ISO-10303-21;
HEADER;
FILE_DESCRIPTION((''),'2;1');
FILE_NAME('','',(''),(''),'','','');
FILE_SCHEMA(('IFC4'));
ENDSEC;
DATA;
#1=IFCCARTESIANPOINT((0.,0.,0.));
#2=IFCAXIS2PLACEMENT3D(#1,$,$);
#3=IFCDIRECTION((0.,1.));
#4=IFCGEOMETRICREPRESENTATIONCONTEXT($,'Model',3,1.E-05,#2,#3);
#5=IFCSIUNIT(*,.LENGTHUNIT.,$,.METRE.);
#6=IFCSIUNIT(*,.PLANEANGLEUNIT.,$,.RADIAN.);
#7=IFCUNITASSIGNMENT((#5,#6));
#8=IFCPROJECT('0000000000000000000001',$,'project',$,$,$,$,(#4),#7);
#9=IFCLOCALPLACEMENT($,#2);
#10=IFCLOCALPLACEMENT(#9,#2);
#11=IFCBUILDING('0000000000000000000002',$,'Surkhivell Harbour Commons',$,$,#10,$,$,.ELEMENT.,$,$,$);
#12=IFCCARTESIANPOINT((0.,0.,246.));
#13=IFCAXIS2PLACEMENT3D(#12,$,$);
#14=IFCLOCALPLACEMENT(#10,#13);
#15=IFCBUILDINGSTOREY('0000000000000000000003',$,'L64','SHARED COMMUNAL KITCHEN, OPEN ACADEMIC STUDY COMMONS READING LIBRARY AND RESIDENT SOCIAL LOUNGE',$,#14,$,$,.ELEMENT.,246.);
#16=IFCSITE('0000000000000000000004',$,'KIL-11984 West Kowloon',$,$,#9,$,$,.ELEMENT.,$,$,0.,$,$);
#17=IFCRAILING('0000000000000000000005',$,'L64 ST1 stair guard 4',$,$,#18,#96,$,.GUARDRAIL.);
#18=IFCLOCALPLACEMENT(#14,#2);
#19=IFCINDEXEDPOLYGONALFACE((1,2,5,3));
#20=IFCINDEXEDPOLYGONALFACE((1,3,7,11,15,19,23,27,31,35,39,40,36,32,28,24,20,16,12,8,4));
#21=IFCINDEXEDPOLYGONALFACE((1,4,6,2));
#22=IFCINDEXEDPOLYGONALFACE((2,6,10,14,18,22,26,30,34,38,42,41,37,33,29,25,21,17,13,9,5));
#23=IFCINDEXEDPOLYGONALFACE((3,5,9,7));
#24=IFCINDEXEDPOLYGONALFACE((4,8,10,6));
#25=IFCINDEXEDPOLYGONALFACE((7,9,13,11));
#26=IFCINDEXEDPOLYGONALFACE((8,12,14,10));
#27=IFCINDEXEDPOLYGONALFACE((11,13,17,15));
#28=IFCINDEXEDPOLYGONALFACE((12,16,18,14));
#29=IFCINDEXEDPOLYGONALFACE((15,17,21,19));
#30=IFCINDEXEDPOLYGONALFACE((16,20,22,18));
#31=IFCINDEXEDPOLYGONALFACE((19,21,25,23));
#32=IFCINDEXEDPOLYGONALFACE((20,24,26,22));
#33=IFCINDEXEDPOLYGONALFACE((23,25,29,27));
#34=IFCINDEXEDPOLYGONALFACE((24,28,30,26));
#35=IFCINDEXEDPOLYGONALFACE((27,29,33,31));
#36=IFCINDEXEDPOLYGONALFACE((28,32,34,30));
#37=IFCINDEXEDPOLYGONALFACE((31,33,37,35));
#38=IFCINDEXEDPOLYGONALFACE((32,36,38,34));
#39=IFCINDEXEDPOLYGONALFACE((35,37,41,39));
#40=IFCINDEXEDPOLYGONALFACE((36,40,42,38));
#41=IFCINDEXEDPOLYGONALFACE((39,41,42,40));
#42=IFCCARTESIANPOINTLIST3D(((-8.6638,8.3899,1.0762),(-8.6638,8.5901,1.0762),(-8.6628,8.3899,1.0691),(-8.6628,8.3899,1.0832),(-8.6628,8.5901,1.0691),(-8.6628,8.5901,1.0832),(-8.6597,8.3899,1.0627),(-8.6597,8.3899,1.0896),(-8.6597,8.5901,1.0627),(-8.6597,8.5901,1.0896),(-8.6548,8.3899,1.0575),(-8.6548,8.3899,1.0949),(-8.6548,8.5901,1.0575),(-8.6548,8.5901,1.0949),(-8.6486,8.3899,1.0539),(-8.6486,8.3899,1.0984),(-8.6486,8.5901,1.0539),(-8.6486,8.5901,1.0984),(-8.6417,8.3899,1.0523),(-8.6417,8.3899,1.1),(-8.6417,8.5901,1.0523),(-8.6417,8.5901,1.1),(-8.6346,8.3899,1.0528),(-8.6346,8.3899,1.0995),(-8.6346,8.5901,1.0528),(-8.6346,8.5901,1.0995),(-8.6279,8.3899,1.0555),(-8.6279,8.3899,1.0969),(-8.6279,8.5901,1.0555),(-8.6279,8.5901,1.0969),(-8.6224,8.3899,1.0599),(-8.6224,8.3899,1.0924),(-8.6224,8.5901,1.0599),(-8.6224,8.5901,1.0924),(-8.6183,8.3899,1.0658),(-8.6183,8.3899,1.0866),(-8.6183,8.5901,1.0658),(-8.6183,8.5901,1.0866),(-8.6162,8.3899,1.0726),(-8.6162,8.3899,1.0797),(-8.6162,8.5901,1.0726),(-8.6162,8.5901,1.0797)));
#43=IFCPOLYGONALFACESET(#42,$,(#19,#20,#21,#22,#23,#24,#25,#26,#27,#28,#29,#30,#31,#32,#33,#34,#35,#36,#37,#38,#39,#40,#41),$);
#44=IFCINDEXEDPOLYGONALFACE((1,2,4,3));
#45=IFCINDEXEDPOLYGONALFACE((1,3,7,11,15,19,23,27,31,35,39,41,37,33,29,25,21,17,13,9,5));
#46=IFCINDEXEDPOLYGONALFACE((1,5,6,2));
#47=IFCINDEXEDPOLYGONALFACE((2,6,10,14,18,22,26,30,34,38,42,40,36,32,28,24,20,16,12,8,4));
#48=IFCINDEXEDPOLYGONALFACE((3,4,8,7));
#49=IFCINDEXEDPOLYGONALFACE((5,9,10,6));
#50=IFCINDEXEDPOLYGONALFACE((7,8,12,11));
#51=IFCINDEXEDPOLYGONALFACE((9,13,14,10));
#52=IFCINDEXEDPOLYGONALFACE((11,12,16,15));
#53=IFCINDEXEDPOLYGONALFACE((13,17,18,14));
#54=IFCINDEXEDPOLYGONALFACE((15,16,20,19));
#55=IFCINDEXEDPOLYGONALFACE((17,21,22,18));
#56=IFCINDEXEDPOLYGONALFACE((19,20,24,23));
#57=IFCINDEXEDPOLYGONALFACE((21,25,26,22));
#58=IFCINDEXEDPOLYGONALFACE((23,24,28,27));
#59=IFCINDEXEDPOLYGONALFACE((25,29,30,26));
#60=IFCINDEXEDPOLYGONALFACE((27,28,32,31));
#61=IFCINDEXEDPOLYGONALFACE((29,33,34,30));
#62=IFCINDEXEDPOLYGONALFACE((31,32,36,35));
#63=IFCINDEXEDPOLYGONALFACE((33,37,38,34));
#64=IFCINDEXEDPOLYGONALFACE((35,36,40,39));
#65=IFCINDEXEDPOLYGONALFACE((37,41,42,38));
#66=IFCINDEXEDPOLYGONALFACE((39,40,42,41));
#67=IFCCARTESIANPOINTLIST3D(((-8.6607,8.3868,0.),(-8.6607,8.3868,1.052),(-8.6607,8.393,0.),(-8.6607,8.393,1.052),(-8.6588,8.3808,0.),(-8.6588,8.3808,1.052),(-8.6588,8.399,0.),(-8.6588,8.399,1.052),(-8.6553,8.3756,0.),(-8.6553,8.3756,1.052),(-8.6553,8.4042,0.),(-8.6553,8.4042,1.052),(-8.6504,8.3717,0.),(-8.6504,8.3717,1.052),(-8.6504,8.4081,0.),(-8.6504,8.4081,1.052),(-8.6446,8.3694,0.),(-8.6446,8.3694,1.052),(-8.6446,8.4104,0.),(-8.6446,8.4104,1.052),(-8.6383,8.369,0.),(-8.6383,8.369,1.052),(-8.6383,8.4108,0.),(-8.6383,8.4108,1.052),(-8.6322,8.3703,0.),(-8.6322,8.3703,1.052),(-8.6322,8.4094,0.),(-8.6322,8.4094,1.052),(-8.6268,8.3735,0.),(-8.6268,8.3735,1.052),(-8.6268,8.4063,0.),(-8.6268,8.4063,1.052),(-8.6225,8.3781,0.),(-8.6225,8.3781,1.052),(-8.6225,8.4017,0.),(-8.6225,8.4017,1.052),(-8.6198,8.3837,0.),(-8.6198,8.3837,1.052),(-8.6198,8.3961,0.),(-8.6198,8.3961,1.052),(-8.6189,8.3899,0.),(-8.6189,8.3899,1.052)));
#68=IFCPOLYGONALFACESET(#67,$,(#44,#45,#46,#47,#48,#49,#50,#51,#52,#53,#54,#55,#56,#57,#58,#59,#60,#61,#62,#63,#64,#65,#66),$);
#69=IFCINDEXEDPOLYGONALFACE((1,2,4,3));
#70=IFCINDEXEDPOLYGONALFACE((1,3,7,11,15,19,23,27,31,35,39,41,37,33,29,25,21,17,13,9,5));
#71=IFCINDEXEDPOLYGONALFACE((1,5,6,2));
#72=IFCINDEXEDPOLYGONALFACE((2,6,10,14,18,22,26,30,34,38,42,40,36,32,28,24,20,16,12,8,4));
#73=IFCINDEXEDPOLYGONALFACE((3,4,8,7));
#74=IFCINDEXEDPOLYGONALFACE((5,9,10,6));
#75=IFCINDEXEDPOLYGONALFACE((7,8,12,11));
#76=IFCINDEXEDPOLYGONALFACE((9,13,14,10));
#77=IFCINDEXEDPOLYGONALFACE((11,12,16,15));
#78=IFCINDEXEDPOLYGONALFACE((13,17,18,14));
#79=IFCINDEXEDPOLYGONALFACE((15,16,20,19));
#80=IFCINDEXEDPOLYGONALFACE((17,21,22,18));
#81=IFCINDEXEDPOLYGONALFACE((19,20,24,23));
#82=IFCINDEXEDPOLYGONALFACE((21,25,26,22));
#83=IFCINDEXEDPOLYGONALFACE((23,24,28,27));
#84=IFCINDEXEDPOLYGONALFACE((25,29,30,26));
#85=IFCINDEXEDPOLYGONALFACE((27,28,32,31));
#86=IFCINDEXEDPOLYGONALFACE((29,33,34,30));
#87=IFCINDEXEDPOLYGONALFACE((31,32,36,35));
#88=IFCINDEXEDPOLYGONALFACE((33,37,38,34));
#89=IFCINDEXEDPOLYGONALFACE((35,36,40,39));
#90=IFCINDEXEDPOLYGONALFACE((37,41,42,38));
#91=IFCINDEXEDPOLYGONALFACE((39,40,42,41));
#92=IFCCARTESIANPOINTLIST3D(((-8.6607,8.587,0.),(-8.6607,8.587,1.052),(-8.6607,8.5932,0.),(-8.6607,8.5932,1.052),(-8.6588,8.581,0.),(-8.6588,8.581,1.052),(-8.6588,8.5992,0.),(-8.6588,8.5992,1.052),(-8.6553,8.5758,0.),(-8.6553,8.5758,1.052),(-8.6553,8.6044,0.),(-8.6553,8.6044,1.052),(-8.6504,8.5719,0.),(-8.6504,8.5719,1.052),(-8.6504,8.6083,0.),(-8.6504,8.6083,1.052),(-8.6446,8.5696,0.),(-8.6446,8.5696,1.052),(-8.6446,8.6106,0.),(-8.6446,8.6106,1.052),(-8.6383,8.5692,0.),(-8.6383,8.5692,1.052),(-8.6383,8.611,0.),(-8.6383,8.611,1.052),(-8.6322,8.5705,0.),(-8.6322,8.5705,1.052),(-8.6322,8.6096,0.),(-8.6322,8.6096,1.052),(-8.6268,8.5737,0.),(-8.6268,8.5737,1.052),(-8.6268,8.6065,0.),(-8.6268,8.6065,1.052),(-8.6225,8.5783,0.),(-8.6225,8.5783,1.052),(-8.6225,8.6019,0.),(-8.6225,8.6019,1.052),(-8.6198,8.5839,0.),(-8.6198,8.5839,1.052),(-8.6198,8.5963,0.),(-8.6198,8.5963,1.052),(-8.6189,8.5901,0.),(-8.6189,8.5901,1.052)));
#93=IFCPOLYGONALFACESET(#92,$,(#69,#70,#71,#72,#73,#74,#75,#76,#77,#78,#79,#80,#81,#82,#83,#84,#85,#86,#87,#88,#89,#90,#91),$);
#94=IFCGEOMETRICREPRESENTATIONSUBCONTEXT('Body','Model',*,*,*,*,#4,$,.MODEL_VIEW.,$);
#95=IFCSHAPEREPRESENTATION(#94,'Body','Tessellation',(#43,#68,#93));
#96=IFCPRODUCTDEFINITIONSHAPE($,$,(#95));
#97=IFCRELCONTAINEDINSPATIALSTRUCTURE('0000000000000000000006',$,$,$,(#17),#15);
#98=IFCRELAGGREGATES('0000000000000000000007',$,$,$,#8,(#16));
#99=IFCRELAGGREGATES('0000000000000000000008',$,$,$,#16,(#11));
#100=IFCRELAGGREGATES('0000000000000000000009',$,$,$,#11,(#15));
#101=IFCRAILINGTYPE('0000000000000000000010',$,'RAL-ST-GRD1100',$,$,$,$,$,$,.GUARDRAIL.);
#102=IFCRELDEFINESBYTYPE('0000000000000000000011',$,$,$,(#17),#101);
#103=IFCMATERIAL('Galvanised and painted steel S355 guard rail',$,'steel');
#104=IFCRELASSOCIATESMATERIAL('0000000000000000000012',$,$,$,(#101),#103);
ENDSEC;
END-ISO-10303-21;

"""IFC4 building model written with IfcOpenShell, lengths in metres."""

from ifc_helpers import new_model, si_unit, direction, frame, origin, origin_2d, place, context, subcontext, project, spatial, circle, extrude, material, type_object, element, save


model = new_model("IFC4")

# Units and contexts
model_context = context("Model", 3, precision=1e-05, world=origin(), true_north=direction((0.0, 1.0)))
body_context = subcontext(model_context, "Body", "Model", "MODEL_VIEW")
ifc_project = project(units=[si_unit("LENGTHUNIT", "METRE"), si_unit("PLANEANGLEUNIT", "RADIAN")], contexts=[model_context])

# Site, building, storey
site_placement = place(None, origin())
site = spatial("IfcSite", under=ifc_project, at=site_placement, Name="KIL-11984 West Kowloon", CompositionType="ELEMENT", RefElevation=0.0)
building_placement = place(site_placement, origin())
building = spatial("IfcBuilding", under=site, at=building_placement, Name="Surkhivell Harbour Commons", CompositionType="ELEMENT")
storey_placement = place(building_placement, frame((0.0, 0.0, 246.0)))
storey = spatial("IfcBuildingStorey", under=building, at=storey_placement, Name="L64", Description="SHARED COMMUNAL KITCHEN, OPEN ACADEMIC STUDY COMMONS READING LIBRARY AND RESIDENT SOCIAL LOUNGE", CompositionType="ELEMENT", Elevation=246.0)

# Railing
ifc_material_1 = material(Name="Galvanised and painted steel S355 guard rail", Category="steel")
railing_type_1 = type_object("IfcRailingType", Name="RAL-ST-GRD1100", PredefinedType="GUARDRAIL", material=ifc_material_1)
railing_1_placement = place(storey_placement, frame((-8.6399, 8.3899, 0.0)))
element("IfcRailing", 1, at=railing_1_placement, inside=storey, type_object=railing_type_1, Name="L64 ST1 stair guard 4", PredefinedType="GUARDRAIL", context=body_context, shape_type="SweptSolid", body=[
    extrude(circle(Radius=0.0239, at=origin_2d()), frame((0.0, 0.0, 1.0762), z_axis=(0.0, 1.0, 0.0), x_axis=(-1.0, 0.0, 0.0)), (0.0, 0.0, 1.0), 0.2002),
    extrude(circle(Radius=0.021, at=origin_2d()), origin(), (0.0, 0.0, 1.0), 1.052),
    extrude(circle(Radius=0.021, at=origin_2d()), frame((0.0, 0.2002, 0.0)), (0.0, 0.0, 1.0), 1.052),
])

save(model, "model.ifc")
